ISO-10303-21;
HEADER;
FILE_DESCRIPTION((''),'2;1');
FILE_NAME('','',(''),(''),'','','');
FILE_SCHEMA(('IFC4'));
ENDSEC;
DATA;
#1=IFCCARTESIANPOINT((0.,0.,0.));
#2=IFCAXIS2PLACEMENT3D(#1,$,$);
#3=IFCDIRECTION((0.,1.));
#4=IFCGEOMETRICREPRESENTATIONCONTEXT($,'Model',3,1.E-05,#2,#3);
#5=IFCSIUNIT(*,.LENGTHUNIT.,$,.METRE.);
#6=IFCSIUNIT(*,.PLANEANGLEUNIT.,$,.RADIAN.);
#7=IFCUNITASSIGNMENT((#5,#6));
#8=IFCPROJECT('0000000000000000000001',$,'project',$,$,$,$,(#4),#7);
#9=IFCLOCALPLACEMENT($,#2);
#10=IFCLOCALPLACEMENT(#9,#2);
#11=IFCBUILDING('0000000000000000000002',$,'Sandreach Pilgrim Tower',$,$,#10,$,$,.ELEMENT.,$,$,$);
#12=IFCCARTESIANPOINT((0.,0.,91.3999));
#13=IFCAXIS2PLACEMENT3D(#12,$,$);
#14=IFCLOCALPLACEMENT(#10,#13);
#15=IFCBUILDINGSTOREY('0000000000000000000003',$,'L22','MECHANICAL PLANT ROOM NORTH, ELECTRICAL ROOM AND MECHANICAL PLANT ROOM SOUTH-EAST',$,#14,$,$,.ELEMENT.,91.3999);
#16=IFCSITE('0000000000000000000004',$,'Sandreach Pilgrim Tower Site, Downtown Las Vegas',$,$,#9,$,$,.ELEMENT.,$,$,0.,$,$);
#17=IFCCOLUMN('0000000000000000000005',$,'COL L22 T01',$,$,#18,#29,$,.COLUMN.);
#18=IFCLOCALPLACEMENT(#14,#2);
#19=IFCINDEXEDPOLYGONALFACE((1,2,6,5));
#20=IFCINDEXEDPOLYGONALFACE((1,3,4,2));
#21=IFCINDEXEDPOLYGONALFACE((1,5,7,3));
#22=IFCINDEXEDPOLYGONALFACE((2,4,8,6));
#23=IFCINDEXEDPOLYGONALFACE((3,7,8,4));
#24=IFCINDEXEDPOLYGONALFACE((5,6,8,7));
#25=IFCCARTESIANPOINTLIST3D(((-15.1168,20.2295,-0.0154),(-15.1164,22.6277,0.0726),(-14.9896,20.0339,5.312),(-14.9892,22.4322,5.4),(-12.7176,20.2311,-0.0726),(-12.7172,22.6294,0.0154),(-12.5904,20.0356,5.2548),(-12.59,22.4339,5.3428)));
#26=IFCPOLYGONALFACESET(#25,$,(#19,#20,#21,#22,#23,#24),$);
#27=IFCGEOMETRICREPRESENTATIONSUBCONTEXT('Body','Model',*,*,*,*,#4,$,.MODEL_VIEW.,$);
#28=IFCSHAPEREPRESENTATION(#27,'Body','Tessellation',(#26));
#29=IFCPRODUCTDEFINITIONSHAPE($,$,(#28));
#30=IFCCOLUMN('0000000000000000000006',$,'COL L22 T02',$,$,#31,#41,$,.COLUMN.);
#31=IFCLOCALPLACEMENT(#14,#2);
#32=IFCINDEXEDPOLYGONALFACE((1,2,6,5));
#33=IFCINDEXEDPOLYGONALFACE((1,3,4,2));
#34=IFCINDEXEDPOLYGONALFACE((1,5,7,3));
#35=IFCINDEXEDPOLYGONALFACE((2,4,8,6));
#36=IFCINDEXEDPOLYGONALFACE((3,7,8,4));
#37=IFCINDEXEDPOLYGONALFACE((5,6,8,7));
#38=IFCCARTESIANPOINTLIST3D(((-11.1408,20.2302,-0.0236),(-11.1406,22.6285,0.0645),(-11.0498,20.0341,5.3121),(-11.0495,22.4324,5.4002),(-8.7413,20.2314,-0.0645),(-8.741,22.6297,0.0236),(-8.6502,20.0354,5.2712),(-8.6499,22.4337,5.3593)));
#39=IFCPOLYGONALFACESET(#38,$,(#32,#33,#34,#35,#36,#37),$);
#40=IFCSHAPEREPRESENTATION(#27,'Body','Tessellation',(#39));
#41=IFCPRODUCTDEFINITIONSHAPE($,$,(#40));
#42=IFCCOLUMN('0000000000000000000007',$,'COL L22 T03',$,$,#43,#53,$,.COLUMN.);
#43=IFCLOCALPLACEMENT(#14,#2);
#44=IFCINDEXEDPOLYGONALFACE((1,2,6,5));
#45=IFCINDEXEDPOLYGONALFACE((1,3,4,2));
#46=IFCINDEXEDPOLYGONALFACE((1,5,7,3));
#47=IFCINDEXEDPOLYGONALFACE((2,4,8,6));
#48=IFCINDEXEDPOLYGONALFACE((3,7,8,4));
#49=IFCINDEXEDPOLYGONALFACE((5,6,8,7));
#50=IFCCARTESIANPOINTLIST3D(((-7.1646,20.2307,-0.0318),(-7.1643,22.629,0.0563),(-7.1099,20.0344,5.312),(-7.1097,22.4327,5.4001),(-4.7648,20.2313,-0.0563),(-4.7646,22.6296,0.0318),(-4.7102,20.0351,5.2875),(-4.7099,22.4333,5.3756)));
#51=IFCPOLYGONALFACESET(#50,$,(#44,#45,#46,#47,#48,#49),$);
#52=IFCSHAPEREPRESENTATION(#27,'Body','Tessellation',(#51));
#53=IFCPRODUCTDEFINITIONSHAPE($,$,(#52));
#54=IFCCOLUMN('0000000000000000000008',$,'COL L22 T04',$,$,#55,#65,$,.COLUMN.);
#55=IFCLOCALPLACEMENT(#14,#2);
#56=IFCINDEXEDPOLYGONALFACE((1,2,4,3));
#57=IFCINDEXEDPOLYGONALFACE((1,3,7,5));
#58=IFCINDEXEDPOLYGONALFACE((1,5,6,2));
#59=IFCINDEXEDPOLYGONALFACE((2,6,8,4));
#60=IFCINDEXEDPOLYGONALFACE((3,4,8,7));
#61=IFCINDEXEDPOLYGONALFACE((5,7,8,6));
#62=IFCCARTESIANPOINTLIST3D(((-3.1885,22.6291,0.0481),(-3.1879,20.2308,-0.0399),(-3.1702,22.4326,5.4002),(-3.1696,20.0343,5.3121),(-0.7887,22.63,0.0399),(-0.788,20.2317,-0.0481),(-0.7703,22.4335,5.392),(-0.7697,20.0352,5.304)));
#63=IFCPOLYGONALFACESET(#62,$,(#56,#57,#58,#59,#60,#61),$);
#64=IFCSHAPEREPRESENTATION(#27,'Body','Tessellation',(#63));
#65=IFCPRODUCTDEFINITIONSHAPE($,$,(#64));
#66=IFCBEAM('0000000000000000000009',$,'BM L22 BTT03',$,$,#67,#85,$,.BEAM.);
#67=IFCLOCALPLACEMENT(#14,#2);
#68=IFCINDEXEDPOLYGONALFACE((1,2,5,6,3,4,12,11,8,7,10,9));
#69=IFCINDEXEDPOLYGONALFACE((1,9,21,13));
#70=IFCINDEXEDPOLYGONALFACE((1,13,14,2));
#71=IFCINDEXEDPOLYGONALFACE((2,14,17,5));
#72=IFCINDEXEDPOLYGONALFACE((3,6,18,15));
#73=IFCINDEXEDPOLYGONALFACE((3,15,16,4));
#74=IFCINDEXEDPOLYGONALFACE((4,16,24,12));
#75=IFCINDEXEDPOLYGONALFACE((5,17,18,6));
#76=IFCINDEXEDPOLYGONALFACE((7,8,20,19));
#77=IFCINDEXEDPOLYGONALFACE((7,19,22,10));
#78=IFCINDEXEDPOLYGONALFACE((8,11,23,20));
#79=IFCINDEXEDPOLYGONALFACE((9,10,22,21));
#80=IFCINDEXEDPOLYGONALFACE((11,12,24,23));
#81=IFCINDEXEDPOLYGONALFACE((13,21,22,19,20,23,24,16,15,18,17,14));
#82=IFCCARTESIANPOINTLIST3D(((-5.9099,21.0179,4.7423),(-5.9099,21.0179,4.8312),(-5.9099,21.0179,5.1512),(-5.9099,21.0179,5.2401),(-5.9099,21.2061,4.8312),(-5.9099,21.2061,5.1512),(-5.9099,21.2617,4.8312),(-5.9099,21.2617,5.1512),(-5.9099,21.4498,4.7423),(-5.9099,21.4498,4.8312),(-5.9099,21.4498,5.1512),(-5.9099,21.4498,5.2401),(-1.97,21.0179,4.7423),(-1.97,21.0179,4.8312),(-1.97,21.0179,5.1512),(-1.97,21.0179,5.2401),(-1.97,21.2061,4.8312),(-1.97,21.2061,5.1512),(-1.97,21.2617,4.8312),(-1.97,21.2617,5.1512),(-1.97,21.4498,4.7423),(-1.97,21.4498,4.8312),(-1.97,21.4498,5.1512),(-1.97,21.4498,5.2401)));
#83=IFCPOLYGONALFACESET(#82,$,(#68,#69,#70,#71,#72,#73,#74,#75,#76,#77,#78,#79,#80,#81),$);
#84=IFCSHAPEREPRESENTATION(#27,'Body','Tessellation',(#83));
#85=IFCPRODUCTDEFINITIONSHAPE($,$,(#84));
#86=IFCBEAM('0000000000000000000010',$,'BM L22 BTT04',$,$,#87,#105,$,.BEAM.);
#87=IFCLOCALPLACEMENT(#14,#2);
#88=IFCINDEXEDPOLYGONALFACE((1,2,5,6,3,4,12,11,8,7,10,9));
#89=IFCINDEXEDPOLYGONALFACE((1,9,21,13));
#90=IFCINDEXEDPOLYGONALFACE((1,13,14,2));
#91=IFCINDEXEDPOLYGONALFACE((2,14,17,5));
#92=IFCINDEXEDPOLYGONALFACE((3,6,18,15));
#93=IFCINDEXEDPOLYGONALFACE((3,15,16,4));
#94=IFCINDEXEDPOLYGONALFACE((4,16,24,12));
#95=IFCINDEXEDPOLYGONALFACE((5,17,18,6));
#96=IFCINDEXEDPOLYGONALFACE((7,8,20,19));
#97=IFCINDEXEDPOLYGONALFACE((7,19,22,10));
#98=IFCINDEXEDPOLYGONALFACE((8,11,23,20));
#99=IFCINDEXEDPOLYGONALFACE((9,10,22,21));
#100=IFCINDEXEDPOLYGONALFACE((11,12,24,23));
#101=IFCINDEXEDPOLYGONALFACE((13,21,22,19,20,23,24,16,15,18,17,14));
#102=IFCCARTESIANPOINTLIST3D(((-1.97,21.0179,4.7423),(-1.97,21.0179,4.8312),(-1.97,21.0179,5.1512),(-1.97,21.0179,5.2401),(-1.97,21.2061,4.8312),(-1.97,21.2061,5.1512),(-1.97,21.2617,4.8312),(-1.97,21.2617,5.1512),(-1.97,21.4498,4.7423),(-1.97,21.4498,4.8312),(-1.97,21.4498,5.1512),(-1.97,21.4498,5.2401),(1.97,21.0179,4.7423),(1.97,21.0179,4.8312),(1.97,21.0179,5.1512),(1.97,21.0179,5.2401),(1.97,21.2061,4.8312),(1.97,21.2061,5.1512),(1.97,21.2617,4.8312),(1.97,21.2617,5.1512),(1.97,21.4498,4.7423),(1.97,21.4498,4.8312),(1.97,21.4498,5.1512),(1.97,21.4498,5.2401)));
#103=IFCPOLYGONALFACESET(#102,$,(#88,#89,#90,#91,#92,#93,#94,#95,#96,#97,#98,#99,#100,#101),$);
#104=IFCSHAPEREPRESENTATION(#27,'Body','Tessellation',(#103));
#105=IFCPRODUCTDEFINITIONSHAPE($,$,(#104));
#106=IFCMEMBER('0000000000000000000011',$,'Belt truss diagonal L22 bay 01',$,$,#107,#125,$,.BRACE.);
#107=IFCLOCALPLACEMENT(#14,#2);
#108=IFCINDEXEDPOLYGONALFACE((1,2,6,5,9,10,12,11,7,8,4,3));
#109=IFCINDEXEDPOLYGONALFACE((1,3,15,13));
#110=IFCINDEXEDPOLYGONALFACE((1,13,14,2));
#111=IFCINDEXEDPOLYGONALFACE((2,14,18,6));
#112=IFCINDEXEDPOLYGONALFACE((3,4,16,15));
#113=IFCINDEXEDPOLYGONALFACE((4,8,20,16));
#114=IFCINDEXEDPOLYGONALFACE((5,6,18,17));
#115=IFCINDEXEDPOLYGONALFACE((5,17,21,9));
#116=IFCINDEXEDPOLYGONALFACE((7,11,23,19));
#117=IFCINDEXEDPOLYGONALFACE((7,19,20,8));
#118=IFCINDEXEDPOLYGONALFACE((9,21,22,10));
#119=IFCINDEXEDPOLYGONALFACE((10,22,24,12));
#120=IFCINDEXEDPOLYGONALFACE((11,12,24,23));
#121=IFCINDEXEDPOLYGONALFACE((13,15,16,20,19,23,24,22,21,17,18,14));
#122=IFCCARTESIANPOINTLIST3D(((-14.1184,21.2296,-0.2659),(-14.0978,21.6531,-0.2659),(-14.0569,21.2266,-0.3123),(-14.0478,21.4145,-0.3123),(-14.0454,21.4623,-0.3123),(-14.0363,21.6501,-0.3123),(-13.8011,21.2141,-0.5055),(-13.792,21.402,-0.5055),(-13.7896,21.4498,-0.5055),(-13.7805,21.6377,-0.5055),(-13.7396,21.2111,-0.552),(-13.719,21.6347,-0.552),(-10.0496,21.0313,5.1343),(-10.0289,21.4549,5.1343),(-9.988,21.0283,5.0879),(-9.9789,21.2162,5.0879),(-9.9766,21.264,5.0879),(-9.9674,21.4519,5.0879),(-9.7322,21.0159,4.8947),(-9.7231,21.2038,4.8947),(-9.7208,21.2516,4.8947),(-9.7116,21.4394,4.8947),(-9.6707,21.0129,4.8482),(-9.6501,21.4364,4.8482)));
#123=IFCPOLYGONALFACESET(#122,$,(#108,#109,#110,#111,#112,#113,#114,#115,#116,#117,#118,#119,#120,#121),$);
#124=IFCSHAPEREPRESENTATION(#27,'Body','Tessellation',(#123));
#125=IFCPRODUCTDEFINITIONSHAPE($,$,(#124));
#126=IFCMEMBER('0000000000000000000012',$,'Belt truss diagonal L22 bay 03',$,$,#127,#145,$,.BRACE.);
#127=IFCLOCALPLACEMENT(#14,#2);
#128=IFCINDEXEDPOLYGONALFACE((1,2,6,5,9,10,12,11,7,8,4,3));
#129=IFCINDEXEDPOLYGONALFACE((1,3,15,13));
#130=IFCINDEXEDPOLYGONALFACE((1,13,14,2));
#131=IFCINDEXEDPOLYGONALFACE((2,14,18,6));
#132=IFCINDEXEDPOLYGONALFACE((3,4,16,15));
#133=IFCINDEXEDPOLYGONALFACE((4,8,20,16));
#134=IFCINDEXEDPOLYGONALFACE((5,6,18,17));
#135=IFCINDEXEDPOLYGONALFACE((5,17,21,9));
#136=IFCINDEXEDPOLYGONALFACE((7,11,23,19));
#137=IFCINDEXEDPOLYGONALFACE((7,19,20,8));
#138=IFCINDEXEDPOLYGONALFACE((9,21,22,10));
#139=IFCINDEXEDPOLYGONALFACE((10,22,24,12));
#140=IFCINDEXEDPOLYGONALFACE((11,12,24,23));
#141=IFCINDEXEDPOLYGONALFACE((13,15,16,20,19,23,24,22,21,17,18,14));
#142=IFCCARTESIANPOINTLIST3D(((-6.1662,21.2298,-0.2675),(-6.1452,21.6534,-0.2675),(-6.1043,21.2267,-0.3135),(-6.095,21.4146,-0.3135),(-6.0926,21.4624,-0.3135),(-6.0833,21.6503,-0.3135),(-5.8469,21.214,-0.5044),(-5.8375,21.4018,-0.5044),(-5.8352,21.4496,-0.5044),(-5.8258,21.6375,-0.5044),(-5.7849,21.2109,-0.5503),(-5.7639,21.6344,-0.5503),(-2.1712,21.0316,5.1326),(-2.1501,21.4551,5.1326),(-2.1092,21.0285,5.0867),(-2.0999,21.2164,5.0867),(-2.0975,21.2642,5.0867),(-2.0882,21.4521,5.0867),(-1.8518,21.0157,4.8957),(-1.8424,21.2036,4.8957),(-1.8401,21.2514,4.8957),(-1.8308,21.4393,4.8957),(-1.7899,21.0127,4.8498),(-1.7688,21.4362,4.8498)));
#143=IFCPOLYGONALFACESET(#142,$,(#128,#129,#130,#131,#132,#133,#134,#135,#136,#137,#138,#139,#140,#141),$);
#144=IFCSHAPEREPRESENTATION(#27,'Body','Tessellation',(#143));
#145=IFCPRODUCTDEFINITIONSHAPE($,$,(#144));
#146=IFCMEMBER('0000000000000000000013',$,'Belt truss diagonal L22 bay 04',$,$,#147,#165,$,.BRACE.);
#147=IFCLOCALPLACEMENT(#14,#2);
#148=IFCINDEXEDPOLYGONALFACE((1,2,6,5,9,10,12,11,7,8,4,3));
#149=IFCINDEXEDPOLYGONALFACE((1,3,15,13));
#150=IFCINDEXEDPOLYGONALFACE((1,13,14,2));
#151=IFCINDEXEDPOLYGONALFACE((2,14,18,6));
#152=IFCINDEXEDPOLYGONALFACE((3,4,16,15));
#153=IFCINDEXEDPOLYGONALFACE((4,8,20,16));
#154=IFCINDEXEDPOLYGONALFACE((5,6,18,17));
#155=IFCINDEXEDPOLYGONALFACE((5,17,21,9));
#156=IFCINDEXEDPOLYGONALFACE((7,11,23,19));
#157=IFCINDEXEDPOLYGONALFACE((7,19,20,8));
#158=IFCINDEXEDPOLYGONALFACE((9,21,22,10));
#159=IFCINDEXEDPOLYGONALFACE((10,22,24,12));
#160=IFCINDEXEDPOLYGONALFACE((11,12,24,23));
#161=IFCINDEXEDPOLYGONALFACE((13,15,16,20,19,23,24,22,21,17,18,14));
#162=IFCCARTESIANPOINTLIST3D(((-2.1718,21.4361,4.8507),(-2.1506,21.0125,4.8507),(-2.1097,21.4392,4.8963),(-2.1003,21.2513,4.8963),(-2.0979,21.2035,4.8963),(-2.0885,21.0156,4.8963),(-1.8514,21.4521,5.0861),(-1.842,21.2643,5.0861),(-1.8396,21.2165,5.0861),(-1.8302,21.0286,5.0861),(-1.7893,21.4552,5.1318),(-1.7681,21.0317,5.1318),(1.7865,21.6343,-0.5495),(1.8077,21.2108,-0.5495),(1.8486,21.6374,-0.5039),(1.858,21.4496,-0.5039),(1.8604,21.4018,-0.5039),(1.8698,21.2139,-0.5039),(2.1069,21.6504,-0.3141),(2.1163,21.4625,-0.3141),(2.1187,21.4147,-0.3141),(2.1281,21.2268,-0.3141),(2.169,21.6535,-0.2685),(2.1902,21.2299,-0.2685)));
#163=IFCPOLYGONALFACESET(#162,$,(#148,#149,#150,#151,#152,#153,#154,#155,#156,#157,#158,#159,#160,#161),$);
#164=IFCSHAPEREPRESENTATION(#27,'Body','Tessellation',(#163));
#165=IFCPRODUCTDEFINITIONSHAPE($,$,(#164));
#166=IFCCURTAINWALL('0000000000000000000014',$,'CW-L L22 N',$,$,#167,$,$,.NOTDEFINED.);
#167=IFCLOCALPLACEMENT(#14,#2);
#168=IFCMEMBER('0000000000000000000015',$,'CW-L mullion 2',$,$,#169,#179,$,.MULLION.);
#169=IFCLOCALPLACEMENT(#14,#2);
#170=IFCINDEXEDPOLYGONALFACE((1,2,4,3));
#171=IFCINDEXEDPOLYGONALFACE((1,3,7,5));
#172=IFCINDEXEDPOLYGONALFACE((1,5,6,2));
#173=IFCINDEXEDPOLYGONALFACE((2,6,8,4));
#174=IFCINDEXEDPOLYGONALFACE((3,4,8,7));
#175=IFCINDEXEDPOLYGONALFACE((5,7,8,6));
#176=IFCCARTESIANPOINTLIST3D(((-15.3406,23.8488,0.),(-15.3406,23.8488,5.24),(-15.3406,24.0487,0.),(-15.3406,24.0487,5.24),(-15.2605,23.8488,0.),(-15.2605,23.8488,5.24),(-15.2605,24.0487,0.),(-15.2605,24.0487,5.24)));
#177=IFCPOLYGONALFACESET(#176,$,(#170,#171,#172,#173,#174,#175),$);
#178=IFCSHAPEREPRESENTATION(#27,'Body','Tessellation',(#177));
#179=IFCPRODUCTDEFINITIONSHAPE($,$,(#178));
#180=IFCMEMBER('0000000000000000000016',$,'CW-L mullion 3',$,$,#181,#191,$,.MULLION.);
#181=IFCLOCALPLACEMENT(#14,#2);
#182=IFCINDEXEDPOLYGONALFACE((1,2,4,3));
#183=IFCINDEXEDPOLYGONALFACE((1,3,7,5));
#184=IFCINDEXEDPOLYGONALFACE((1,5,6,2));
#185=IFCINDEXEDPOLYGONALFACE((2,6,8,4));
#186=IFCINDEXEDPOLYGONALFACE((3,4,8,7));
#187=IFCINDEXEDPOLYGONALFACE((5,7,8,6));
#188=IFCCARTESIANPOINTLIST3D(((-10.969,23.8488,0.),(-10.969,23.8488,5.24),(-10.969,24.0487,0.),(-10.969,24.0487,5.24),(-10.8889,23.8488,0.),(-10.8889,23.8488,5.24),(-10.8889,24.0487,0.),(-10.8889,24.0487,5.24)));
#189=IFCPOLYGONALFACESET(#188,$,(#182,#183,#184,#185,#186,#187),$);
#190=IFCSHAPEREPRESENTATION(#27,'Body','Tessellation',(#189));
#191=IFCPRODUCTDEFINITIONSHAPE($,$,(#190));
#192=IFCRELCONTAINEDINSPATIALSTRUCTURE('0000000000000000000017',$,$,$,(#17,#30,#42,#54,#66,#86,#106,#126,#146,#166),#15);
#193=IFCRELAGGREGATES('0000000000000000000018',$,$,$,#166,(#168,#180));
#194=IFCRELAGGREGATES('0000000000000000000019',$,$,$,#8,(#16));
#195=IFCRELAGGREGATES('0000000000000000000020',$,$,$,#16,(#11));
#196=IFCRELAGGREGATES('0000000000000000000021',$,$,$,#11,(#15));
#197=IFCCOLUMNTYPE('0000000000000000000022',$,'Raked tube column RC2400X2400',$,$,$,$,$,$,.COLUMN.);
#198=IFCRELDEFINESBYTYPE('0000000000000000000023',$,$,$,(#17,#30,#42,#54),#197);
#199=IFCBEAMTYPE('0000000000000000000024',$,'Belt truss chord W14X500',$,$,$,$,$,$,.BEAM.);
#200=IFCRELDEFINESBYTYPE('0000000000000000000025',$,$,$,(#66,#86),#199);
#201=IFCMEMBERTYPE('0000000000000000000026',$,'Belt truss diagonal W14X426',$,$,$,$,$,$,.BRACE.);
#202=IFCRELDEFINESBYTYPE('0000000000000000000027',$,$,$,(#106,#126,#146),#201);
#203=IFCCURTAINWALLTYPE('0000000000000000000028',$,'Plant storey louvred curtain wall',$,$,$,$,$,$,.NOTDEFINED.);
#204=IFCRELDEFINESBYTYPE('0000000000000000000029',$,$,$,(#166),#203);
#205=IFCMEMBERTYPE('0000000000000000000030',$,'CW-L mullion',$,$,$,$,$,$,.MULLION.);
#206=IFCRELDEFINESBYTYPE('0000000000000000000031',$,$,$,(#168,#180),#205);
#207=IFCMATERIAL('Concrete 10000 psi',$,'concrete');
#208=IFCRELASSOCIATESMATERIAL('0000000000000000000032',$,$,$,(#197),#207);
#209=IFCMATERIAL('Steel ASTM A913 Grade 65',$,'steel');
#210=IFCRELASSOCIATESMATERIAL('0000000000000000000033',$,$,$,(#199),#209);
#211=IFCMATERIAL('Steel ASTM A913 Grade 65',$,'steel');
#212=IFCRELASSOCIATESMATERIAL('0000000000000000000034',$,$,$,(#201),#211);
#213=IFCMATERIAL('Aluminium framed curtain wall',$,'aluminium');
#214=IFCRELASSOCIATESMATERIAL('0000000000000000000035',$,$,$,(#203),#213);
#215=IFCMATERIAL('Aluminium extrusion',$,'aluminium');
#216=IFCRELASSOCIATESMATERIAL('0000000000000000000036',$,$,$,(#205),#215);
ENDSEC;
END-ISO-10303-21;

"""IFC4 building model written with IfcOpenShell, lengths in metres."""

from ifc_helpers import new_model, si_unit, direction, frame, origin, origin_2d, place, context, subcontext, project, spatial, rectangle, i_section, extrude, material, material_profile, profile_set, type_object, element, aggregate, save


model = new_model("IFC4")

# Units and contexts
model_context = context("Model", 3, precision=1e-05, world=origin(), true_north=direction((0.0, 1.0)))
body_context = subcontext(model_context, "Body", "Model", "MODEL_VIEW")
ifc_project = project(units=[si_unit("LENGTHUNIT", "METRE"), si_unit("PLANEANGLEUNIT", "RADIAN")], contexts=[model_context])

# Site, building, storey
site_placement = place(None, origin())
site = spatial("IfcSite", under=ifc_project, at=site_placement, Name="Sandreach Pilgrim Tower Site, Downtown Las Vegas", CompositionType="ELEMENT", RefElevation=0.0)
building_placement = place(site_placement, origin())
building = spatial("IfcBuilding", under=site, at=building_placement, Name="Sandreach Pilgrim Tower", CompositionType="ELEMENT")
storey_placement = place(building_placement, frame((0.0, 0.0, 91.3999)))
storey = spatial("IfcBuildingStorey", under=building, at=storey_placement, Name="L22", Description="MECHANICAL PLANT ROOM NORTH, ELECTRICAL ROOM AND MECHANICAL PLANT ROOM SOUTH-EAST", CompositionType="ELEMENT", Elevation=91.3999)

# Columns
ifc_material_1 = material(Name="Concrete 10000 psi", Category="concrete")
ifc_material_profile_1 = material_profile(ifc_material_1, rectangle(XDim=2.3999, YDim=2.3999, at=origin_2d()), Name="RC2400X2400")
ifc_profile_set_1 = profile_set([ifc_material_profile_1], Name="Concrete 10000 psi")
column_type = type_object("IfcColumnType", Name="Raked tube column RC2400X2400", PredefinedType="COLUMN", material=ifc_profile_set_1)
column_1_placement = place(storey_placement, frame((-13.917, 21.4294, 0.0), z_axis=(0.023853, -0.036673, 0.999043), x_axis=(0.000167, 0.999327, 0.036679)))
element("IfcColumn", 1, at=column_1_placement, inside=storey, type_object=column_type, Name="COL L22 T01", PredefinedType="COLUMN", context=body_context, shape_type="SweptSolid", body=[
    extrude(rectangle(XDim=2.3999, YDim=2.3999, at=origin_2d()), origin(), (0.0, 0.0, 1.0), 5.3325),
])
column_2_placement = place(storey_placement, frame((-9.9409, 21.4299, 0.0), z_axis=(0.017053, -0.036712, 0.99918), x_axis=(0.000108, 0.999326, 0.036716)))
element("IfcColumn", 2, at=column_2_placement, inside=storey, type_object=column_type, Name="COL L22 T02", PredefinedType="COLUMN", context=body_context, shape_type="SweptSolid", body=[
    extrude(rectangle(XDim=2.3999, YDim=2.3999, at=origin_2d()), origin(), (0.0, 0.0, 1.0), 5.3401),
])
column_3_placement = place(storey_placement, frame((-5.9646, 21.4302, 0.0), z_axis=(0.010226, -0.036706, 0.999274), x_axis=(0.000116, 0.999326, 0.036707)))
element("IfcColumn", 3, at=column_3_placement, inside=storey, type_object=column_type, Name="COL L22 T03", PredefinedType="COLUMN", context=body_context, shape_type="SweptSolid", body=[
    extrude(rectangle(XDim=2.3999, YDim=2.3999, at=origin_2d()), origin(), (0.0, 0.0, 1.0), 5.3477),
])
column_4_placement = place(storey_placement, frame((-1.9883, 21.4304, 0.0), z_axis=(0.003419, -0.036696, 0.999321), x_axis=(-0.000263, 0.999326, 0.036697)))
element("IfcColumn", 4, at=column_4_placement, inside=storey, type_object=column_type, Name="COL L22 T04", PredefinedType="COLUMN", context=body_context, shape_type="SweptSolid", body=[
    extrude(rectangle(XDim=2.3999, YDim=2.3999, at=origin_2d()), origin(), (0.0, 0.0, 1.0), 5.3557),
])

# Beams
ifc_material_2 = material(Name="Steel ASTM A913 Grade 65", Category="steel")
ifc_material_profile_2 = material_profile(ifc_material_2, i_section(OverallWidth=0.4319, OverallDepth=0.4978, WebThickness=0.0557, FlangeThickness=0.0889, at=origin_2d()), Name="W14X500")
ifc_profile_set_2 = profile_set([ifc_material_profile_2], Name="Steel ASTM A913 Grade 65")
beam_type_1 = type_object("IfcBeamType", Name="Belt truss chord W14X500", PredefinedType="BEAM", material=ifc_profile_set_2)
for number, where, z_axis, x_axis, name in (
    (5, (-5.9099, 21.2339, 4.9912), (1.0, 0.0, 0.0), (0.0, 1.0, 0.0), "BM L22 BTT03"),
    (6, (-1.97, 21.2339, 4.9912), (1.0, 0.0, 0.0), (0.0, 1.0, 0.0), "BM L22 BTT04"),
):
    element("IfcBeam", number, at=place(storey_placement, frame(where, z_axis=z_axis, x_axis=x_axis)), inside=storey, type_object=beam_type_1, Name=name, PredefinedType="BEAM", context=body_context, shape_type="SweptSolid", body=[
        extrude(i_section(OverallWidth=0.4319, OverallDepth=0.4978, WebThickness=0.0557, FlangeThickness=0.0889, at=origin_2d()), origin(), (0.0, 0.0, 1.0), 3.9399),
    ])

# Members
ifc_material_3 = material(Name="Steel ASTM A913 Grade 65", Category="steel")
ifc_material_profile_3 = material_profile(ifc_material_3, i_section(OverallWidth=0.4241, OverallDepth=0.4751, WebThickness=0.0479, FlangeThickness=0.0771, at=origin_2d()), Name="W14X426")
ifc_profile_set_3 = profile_set([ifc_material_profile_3], Name="Steel ASTM A913 Grade 65")
member_type_1 = type_object("IfcMemberType", Name="Belt truss diagonal W14X426", PredefinedType="BRACE", material=ifc_profile_set_3)
member_1_placement = place(storey_placement, frame((-13.9187, 21.4321, -0.4089), z_axis=(0.601514, -0.029307, 0.798325), x_axis=(0.048664, 0.998815, 0.0)))
element("IfcMember", 7, at=member_1_placement, inside=storey, type_object=member_type_1, Name="Belt truss diagonal L22 bay 01", PredefinedType="BRACE", context=body_context, shape_type="SweptSolid", body=[
    extrude(i_section(OverallWidth=0.4241, OverallDepth=0.4751, WebThickness=0.0479, FlangeThickness=0.0771, at=origin_2d()), origin(), (0.0, 0.0, 1.0), 6.7644),
])
member_2_placement = place(storey_placement, frame((-5.9651, 21.4321, -0.4089), z_axis=(0.594489, -0.029499, 0.803563), x_axis=(0.04956, 0.998771, 0.0)))
element("IfcMember", 8, at=member_2_placement, inside=storey, type_object=member_type_1, Name="Belt truss diagonal L22 bay 03", PredefinedType="BRACE", context=body_context, shape_type="SweptSolid", body=[
    extrude(i_section(OverallWidth=0.4241, OverallDepth=0.4751, WebThickness=0.0479, FlangeThickness=0.0771, at=origin_2d()), origin(), (0.0, 0.0, 1.0), 6.7202),
])
member_3_placement = place(storey_placement, frame((-1.97, 21.2339, 4.9912), z_axis=(0.590924, 0.029595, -0.806184), x_axis=(-0.050021, 0.998748, 0.0)))
element("IfcMember", 9, at=member_3_placement, inside=storey, type_object=member_type_1, Name="Belt truss diagonal L22 bay 04", PredefinedType="BRACE", context=body_context, shape_type="SweptSolid", body=[
    extrude(i_section(OverallWidth=0.4241, OverallDepth=0.4751, WebThickness=0.0479, FlangeThickness=0.0771, at=origin_2d()), origin(), (0.0, 0.0, 1.0), 6.6985),
])

# Curtain wall, members
ifc_material_4 = material(Name="Aluminium framed curtain wall", Category="aluminium")
curtain_wall_type = type_object("IfcCurtainWallType", Name="Plant storey louvred curtain wall", PredefinedType="NOTDEFINED", material=ifc_material_4)
curtain_wall_placement = place(storey_placement, origin())
curtain_wall = element("IfcCurtainWall", 10, at=curtain_wall_placement, inside=storey, type_object=curtain_wall_type, Name="CW-L L22 N", PredefinedType="NOTDEFINED")
ifc_material_5 = material(Name="Aluminium extrusion", Category="aluminium")
ifc_material_profile_4 = material_profile(ifc_material_5, rectangle(XDim=0.0801, YDim=0.2, at=origin_2d()), Name="CW-LM 80X200")
ifc_profile_set_4 = profile_set([ifc_material_profile_4], Name="Aluminium extrusion")
member_type_2 = type_object("IfcMemberType", Name="CW-L mullion", PredefinedType="MULLION", material=ifc_profile_set_4)
member_4_placement = place(storey_placement, frame((-15.3005, 23.9487, 0.0), z_axis=(0.0, 0.0, 1.0), x_axis=(1.0, 0.0, 0.0)))
member_4 = element("IfcMember", 11, at=member_4_placement, type_object=member_type_2, Name="CW-L mullion 2", PredefinedType="MULLION", context=body_context, shape_type="SweptSolid", body=[
    extrude(rectangle(XDim=0.0801, YDim=0.2, at=origin_2d()), origin(), (0.0, 0.0, 1.0), 5.24),
])
member_5_placement = place(storey_placement, frame((-10.929, 23.9487, 0.0), z_axis=(0.0, 0.0, 1.0), x_axis=(1.0, 0.0, 0.0)))
member_5 = element("IfcMember", 12, at=member_5_placement, type_object=member_type_2, Name="CW-L mullion 3", PredefinedType="MULLION", context=body_context, shape_type="SweptSolid", body=[
    extrude(rectangle(XDim=0.0801, YDim=0.2, at=origin_2d()), origin(), (0.0, 0.0, 1.0), 5.24),
])

aggregate(curtain_wall, [member_4, member_5])

save(model, "model.ifc")
